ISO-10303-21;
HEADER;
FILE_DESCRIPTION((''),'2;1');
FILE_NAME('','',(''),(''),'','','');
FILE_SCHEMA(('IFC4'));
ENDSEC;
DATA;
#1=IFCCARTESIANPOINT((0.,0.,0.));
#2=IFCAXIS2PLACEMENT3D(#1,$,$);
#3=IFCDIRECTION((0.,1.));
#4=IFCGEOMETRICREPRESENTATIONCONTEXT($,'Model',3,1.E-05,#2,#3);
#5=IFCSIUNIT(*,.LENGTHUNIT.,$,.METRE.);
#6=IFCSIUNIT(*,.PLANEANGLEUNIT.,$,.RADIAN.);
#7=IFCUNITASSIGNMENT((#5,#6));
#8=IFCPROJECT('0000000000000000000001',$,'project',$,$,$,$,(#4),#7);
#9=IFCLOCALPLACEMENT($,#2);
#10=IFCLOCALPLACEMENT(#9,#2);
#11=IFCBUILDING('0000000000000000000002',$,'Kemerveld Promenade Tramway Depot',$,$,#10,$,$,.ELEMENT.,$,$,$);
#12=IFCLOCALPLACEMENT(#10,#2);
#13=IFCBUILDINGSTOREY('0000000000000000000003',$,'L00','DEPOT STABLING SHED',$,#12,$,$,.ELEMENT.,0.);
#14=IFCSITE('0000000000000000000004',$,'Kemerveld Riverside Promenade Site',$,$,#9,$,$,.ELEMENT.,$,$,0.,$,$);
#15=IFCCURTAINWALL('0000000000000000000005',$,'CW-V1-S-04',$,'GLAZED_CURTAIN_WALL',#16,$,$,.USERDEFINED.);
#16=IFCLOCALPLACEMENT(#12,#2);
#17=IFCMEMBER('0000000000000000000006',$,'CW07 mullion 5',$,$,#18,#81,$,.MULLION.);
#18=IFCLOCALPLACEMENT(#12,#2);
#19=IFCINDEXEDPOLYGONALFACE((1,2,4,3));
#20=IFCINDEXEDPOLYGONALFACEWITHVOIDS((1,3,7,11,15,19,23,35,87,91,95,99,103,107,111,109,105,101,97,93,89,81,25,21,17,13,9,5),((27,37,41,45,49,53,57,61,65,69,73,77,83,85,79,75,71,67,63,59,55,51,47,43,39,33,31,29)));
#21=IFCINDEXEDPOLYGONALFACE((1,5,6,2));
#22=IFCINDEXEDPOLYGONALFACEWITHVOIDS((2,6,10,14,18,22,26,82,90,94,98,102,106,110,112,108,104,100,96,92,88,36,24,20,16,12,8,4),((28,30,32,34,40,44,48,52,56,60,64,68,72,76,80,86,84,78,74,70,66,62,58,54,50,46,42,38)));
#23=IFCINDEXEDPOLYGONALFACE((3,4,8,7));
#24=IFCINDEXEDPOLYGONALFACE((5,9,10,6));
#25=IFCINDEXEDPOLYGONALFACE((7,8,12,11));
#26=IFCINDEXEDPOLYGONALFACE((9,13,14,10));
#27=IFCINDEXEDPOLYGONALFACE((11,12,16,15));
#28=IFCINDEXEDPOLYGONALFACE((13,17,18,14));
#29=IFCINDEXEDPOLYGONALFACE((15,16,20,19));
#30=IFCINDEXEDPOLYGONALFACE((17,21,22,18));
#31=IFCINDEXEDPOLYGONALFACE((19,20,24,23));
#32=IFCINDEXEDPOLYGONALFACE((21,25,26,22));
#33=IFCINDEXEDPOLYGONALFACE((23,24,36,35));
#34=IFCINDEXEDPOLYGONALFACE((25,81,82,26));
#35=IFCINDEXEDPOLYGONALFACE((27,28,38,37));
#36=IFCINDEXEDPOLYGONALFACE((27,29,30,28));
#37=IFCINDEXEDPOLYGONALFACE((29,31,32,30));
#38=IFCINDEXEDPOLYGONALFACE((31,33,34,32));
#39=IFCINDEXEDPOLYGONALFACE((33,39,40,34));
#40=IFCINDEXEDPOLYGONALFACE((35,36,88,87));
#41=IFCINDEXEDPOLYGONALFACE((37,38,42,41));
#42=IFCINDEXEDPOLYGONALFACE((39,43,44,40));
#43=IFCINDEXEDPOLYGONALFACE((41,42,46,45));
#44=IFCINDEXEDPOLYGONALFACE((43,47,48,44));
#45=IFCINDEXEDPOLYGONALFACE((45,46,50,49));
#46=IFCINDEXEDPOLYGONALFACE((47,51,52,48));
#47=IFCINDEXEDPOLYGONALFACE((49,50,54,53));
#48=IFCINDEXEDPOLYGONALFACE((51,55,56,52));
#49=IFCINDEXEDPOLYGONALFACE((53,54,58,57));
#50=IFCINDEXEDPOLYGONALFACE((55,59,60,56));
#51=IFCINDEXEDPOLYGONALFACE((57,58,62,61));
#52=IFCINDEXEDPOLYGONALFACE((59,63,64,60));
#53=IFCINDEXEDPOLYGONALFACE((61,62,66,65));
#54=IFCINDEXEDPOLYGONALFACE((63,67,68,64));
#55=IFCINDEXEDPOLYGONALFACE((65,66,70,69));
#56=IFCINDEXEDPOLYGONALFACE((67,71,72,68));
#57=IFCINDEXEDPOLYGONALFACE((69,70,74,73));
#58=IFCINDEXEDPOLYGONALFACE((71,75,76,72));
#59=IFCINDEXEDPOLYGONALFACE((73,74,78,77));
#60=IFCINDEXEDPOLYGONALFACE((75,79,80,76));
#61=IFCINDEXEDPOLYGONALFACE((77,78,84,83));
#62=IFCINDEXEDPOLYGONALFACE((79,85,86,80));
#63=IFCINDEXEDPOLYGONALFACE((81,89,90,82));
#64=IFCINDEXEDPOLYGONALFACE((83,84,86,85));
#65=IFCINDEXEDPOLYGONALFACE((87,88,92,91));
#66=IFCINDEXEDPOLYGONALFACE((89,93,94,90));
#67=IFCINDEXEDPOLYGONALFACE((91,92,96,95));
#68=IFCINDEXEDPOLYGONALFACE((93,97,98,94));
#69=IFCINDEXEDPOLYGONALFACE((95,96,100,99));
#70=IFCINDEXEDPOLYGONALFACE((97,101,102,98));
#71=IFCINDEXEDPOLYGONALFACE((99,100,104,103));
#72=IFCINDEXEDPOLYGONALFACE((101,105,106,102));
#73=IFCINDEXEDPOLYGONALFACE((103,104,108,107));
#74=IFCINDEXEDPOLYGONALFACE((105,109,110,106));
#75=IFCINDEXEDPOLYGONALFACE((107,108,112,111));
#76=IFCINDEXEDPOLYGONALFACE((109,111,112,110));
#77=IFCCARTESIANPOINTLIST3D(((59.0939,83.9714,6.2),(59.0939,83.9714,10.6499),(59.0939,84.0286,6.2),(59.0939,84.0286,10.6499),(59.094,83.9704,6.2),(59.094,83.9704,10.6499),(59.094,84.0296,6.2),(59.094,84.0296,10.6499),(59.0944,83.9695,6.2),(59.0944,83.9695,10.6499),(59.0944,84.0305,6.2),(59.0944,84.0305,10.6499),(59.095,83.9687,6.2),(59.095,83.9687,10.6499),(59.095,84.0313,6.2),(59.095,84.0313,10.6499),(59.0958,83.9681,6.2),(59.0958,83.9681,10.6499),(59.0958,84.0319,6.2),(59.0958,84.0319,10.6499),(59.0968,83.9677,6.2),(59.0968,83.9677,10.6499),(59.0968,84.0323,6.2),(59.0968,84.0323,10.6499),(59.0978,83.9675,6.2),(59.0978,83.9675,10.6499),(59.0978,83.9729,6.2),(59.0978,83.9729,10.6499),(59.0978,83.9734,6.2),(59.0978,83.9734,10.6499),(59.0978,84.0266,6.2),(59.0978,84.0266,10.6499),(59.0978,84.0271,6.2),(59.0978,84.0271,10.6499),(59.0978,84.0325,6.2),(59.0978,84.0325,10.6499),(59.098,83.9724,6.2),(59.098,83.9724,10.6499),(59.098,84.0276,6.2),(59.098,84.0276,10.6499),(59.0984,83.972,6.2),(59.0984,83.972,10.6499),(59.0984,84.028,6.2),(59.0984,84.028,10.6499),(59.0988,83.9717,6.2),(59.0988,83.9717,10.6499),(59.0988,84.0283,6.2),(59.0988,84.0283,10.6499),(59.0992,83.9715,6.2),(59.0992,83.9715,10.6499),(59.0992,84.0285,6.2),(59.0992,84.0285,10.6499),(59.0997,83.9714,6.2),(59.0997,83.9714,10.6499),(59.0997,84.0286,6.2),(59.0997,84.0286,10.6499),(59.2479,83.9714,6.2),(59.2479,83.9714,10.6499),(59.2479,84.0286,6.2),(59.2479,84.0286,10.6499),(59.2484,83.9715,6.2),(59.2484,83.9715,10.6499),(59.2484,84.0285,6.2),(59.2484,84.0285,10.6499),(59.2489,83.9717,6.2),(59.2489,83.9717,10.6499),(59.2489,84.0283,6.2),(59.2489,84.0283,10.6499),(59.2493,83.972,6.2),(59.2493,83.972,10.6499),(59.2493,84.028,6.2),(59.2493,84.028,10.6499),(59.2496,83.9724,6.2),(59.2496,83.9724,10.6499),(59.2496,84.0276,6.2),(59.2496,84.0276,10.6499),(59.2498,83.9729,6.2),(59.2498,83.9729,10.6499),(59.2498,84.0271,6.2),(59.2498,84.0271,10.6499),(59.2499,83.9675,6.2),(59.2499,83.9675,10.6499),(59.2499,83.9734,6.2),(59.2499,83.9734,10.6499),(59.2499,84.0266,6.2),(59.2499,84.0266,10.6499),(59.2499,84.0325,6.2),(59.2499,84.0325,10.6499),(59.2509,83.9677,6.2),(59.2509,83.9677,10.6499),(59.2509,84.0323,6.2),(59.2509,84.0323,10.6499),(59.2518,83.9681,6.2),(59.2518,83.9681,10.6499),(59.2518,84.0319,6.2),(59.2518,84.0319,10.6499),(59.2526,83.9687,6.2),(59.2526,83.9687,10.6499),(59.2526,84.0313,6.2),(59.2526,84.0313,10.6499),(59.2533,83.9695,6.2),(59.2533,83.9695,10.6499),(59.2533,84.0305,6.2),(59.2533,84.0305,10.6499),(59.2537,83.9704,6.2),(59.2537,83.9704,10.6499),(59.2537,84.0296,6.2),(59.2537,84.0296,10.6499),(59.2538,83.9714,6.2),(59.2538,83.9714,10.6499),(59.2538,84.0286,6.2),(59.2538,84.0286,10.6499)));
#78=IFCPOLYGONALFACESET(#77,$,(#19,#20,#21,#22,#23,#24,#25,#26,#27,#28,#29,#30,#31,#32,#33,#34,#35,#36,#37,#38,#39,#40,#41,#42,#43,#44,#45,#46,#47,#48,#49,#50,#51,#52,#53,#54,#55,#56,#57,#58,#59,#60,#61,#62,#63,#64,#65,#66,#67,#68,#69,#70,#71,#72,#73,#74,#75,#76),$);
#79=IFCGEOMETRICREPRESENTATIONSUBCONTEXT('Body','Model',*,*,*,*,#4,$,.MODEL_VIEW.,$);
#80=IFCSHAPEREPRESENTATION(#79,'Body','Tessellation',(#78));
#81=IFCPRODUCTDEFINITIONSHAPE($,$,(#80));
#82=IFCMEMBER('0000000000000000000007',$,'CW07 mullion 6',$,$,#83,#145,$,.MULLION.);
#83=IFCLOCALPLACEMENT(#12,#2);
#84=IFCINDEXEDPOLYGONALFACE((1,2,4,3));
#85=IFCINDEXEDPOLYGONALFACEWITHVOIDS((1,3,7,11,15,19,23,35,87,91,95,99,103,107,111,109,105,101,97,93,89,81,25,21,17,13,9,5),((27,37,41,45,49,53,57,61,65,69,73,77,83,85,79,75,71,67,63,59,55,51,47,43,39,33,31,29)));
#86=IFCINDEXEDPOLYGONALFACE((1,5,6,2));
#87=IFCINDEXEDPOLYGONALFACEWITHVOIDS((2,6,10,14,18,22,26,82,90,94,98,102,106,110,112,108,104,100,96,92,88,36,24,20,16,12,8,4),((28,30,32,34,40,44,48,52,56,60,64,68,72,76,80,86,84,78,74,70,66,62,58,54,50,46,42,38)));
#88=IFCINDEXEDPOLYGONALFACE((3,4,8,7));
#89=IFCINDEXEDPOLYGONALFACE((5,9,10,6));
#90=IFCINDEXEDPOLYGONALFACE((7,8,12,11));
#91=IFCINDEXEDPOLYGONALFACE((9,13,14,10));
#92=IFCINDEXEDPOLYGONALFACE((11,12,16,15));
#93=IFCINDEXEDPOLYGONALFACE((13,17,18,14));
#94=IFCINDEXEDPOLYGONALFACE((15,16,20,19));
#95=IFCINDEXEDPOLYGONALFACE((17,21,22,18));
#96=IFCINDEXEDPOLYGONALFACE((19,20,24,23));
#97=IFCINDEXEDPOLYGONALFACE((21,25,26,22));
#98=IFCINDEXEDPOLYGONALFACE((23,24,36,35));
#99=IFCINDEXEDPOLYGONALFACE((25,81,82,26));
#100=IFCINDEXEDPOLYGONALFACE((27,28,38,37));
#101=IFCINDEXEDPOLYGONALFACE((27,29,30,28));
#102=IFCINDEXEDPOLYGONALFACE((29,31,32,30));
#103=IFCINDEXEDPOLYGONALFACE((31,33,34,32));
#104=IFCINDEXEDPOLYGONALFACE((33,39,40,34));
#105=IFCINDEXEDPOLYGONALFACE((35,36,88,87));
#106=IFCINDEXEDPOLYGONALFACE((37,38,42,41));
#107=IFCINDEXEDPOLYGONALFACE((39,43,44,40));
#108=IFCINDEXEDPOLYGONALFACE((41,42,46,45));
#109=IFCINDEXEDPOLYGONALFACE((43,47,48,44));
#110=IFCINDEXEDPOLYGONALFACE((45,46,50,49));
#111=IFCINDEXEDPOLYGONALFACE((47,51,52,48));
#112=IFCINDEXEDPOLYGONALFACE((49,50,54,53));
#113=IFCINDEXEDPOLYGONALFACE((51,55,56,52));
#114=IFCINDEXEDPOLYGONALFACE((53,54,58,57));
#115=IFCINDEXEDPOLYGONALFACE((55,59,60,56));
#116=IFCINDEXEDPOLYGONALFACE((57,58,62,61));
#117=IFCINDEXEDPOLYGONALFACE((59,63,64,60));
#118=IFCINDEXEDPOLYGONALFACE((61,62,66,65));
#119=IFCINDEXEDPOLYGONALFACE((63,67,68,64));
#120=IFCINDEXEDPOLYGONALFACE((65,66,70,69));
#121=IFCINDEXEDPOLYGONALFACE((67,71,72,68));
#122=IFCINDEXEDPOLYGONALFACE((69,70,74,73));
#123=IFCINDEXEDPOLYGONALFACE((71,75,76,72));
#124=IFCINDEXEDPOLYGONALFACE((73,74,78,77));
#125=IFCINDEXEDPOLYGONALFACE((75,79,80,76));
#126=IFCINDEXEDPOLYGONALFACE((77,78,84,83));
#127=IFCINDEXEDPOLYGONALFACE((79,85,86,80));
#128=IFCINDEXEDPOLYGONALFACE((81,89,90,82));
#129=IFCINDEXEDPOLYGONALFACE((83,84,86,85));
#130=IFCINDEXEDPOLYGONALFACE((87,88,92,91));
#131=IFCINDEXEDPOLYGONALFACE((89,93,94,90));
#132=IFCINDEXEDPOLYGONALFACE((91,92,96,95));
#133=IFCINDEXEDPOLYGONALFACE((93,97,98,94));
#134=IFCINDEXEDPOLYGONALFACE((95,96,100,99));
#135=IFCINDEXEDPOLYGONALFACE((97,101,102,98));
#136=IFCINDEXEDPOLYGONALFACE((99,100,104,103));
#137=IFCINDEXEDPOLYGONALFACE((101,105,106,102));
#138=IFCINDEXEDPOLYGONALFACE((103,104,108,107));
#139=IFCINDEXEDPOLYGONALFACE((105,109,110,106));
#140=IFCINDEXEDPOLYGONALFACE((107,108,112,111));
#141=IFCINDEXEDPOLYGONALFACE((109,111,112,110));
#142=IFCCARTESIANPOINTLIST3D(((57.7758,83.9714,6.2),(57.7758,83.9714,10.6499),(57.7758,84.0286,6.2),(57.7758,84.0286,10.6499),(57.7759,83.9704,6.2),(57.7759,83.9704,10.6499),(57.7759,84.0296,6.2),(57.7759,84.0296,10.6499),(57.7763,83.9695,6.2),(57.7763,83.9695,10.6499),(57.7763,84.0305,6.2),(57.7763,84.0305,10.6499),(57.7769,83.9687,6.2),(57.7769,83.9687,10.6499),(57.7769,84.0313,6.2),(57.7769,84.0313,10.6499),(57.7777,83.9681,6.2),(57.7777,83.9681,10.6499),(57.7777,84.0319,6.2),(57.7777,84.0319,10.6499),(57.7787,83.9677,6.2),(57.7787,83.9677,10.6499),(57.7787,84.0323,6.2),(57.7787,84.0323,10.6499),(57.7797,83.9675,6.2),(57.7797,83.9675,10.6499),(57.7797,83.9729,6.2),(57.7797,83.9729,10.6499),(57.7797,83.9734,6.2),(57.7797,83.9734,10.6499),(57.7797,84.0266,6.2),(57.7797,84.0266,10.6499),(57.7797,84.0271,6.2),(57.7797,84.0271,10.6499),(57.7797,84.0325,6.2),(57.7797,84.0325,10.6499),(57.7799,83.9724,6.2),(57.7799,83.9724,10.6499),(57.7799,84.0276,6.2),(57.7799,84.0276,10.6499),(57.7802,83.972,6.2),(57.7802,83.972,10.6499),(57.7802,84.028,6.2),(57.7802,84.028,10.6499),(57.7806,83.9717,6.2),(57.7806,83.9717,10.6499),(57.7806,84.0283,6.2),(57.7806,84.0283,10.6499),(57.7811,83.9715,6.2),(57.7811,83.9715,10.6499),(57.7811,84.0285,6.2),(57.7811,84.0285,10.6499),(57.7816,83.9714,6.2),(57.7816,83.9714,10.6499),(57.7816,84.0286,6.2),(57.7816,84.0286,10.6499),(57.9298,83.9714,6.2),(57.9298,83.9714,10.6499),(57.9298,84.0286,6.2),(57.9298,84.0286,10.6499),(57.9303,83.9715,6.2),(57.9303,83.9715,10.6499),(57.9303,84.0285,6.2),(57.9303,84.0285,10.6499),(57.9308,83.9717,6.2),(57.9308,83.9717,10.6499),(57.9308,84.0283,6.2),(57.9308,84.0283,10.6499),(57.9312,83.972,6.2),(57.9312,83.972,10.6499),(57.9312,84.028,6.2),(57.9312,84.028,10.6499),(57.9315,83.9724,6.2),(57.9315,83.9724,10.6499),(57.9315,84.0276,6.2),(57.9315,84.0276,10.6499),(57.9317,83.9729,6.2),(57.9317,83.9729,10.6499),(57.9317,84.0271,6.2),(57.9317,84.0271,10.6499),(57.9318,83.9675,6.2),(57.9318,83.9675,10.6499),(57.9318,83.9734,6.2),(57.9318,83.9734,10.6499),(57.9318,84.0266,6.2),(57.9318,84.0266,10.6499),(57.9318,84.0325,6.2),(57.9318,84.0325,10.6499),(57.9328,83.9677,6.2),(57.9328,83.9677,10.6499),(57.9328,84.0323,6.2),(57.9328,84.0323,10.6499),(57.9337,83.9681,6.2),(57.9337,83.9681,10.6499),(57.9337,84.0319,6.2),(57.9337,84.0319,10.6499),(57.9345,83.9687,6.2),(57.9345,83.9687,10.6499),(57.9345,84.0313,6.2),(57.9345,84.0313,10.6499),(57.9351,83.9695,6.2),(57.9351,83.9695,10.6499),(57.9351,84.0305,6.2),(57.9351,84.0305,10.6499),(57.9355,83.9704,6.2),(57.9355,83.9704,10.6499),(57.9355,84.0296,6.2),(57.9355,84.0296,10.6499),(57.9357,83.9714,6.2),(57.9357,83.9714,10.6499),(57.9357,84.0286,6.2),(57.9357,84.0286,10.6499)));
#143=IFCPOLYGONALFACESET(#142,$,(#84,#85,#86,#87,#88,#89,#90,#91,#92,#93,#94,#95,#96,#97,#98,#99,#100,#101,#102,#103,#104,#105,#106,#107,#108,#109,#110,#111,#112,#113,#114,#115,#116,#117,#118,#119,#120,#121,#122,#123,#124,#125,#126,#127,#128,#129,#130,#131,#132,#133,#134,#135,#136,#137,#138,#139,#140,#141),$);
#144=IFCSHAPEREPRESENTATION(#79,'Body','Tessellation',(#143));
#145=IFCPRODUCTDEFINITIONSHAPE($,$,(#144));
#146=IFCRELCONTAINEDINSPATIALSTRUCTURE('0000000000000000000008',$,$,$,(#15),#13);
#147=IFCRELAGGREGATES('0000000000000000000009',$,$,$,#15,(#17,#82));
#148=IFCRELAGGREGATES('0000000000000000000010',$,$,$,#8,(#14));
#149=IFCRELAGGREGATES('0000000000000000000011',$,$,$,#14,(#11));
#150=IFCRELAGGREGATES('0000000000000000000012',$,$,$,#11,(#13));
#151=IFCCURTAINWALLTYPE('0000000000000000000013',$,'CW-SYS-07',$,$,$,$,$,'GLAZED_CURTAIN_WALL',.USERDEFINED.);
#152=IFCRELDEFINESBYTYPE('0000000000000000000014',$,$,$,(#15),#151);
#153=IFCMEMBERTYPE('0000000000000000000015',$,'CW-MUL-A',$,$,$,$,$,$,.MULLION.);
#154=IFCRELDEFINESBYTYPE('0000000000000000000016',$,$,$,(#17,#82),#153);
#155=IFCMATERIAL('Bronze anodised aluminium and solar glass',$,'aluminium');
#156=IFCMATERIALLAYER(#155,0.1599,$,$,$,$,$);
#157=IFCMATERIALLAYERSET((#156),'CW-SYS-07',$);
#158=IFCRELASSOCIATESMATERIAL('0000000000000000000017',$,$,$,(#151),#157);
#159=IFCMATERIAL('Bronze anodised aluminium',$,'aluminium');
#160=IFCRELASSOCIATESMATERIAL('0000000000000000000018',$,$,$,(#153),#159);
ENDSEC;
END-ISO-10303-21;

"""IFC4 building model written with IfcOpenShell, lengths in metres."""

from ifc_helpers import new_model, si_unit, direction, frame, origin, origin_2d, place, context, subcontext, project, spatial, hollow_rectangle, extrude, material, layer, layer_set, material_profile, profile_set, type_object, element, aggregate, save


model = new_model("IFC4")

# Units and contexts
model_context = context("Model", 3, precision=1e-05, world=origin(), true_north=direction((0.0, 1.0)))
body_context = subcontext(model_context, "Body", "Model", "MODEL_VIEW")
ifc_project = project(units=[si_unit("LENGTHUNIT", "METRE"), si_unit("PLANEANGLEUNIT", "RADIAN")], contexts=[model_context])

# Site, building, storey
site_placement = place(None, origin())
site = spatial("IfcSite", under=ifc_project, at=site_placement, Name="Kemerveld Riverside Promenade Site", CompositionType="ELEMENT", RefElevation=0.0)
building_placement = place(site_placement, origin())
building = spatial("IfcBuilding", under=site, at=building_placement, Name="Kemerveld Promenade Tramway Depot", CompositionType="ELEMENT")
storey_placement = place(building_placement, origin())
storey = spatial("IfcBuildingStorey", under=building, at=storey_placement, Name="L00", Description="DEPOT STABLING SHED", CompositionType="ELEMENT", Elevation=0.0)

# Curtain wall, members
ifc_material_1 = material(Name="Bronze anodised aluminium and solar glass", Category="aluminium")
ifc_layer_1 = layer(ifc_material_1, 0.1599)
ifc_layer_set_1 = layer_set([ifc_layer_1], Name="CW-SYS-07")
curtain_wall_type_1 = type_object("IfcCurtainWallType", Name="CW-SYS-07", ElementType="GLAZED_CURTAIN_WALL", PredefinedType="USERDEFINED", material=ifc_layer_set_1)
curtain_wall_1_placement = place(storey_placement, origin())
curtain_wall_1 = element("IfcCurtainWall", 1, at=curtain_wall_1_placement, inside=storey, type_object=curtain_wall_type_1, Name="CW-V1-S-04", ObjectType="GLAZED_CURTAIN_WALL", PredefinedType="USERDEFINED")
ifc_material_2 = material(Name="Bronze anodised aluminium", Category="aluminium")
ifc_material_profile_1 = material_profile(ifc_material_2, hollow_rectangle(XDim=0.0649, YDim=0.1599, WallThickness=0.0039, InnerFilletRadius=0.002, OuterFilletRadius=0.0039, at=origin_2d()), Name="CW-MUL-160x65")
ifc_profile_set_1 = profile_set([ifc_material_profile_1], Name="Bronze anodised aluminium")
member_type_1 = type_object("IfcMemberType", Name="CW-MUL-A", PredefinedType="MULLION", material=ifc_profile_set_1)
member_1_placement = place(storey_placement, frame((59.1738, 84.0, 6.2), z_axis=(0.0, 0.0, 1.0), x_axis=(0.0, -1.0, 0.0)))
member_1 = element("IfcMember", 2, at=member_1_placement, type_object=member_type_1, Name="CW07 mullion 5", PredefinedType="MULLION", context=body_context, shape_type="SweptSolid", body=[
    extrude(hollow_rectangle(XDim=0.0649, YDim=0.1599, WallThickness=0.0039, InnerFilletRadius=0.002, OuterFilletRadius=0.0039, at=origin_2d()), origin(), (0.0, 0.0, 1.0), 4.45),
])
member_2_placement = place(storey_placement, frame((57.8557, 84.0, 6.2), z_axis=(0.0, 0.0, 1.0), x_axis=(0.0, -1.0, 0.0)))
member_2 = element("IfcMember", 3, at=member_2_placement, type_object=member_type_1, Name="CW07 mullion 6", PredefinedType="MULLION", context=body_context, shape_type="SweptSolid", body=[
    extrude(hollow_rectangle(XDim=0.0649, YDim=0.1599, WallThickness=0.0039, InnerFilletRadius=0.002, OuterFilletRadius=0.0039, at=origin_2d()), origin(), (0.0, 0.0, 1.0), 4.45),
])

aggregate(curtain_wall_1, [member_1, member_2])

save(model, "model.ifc")
